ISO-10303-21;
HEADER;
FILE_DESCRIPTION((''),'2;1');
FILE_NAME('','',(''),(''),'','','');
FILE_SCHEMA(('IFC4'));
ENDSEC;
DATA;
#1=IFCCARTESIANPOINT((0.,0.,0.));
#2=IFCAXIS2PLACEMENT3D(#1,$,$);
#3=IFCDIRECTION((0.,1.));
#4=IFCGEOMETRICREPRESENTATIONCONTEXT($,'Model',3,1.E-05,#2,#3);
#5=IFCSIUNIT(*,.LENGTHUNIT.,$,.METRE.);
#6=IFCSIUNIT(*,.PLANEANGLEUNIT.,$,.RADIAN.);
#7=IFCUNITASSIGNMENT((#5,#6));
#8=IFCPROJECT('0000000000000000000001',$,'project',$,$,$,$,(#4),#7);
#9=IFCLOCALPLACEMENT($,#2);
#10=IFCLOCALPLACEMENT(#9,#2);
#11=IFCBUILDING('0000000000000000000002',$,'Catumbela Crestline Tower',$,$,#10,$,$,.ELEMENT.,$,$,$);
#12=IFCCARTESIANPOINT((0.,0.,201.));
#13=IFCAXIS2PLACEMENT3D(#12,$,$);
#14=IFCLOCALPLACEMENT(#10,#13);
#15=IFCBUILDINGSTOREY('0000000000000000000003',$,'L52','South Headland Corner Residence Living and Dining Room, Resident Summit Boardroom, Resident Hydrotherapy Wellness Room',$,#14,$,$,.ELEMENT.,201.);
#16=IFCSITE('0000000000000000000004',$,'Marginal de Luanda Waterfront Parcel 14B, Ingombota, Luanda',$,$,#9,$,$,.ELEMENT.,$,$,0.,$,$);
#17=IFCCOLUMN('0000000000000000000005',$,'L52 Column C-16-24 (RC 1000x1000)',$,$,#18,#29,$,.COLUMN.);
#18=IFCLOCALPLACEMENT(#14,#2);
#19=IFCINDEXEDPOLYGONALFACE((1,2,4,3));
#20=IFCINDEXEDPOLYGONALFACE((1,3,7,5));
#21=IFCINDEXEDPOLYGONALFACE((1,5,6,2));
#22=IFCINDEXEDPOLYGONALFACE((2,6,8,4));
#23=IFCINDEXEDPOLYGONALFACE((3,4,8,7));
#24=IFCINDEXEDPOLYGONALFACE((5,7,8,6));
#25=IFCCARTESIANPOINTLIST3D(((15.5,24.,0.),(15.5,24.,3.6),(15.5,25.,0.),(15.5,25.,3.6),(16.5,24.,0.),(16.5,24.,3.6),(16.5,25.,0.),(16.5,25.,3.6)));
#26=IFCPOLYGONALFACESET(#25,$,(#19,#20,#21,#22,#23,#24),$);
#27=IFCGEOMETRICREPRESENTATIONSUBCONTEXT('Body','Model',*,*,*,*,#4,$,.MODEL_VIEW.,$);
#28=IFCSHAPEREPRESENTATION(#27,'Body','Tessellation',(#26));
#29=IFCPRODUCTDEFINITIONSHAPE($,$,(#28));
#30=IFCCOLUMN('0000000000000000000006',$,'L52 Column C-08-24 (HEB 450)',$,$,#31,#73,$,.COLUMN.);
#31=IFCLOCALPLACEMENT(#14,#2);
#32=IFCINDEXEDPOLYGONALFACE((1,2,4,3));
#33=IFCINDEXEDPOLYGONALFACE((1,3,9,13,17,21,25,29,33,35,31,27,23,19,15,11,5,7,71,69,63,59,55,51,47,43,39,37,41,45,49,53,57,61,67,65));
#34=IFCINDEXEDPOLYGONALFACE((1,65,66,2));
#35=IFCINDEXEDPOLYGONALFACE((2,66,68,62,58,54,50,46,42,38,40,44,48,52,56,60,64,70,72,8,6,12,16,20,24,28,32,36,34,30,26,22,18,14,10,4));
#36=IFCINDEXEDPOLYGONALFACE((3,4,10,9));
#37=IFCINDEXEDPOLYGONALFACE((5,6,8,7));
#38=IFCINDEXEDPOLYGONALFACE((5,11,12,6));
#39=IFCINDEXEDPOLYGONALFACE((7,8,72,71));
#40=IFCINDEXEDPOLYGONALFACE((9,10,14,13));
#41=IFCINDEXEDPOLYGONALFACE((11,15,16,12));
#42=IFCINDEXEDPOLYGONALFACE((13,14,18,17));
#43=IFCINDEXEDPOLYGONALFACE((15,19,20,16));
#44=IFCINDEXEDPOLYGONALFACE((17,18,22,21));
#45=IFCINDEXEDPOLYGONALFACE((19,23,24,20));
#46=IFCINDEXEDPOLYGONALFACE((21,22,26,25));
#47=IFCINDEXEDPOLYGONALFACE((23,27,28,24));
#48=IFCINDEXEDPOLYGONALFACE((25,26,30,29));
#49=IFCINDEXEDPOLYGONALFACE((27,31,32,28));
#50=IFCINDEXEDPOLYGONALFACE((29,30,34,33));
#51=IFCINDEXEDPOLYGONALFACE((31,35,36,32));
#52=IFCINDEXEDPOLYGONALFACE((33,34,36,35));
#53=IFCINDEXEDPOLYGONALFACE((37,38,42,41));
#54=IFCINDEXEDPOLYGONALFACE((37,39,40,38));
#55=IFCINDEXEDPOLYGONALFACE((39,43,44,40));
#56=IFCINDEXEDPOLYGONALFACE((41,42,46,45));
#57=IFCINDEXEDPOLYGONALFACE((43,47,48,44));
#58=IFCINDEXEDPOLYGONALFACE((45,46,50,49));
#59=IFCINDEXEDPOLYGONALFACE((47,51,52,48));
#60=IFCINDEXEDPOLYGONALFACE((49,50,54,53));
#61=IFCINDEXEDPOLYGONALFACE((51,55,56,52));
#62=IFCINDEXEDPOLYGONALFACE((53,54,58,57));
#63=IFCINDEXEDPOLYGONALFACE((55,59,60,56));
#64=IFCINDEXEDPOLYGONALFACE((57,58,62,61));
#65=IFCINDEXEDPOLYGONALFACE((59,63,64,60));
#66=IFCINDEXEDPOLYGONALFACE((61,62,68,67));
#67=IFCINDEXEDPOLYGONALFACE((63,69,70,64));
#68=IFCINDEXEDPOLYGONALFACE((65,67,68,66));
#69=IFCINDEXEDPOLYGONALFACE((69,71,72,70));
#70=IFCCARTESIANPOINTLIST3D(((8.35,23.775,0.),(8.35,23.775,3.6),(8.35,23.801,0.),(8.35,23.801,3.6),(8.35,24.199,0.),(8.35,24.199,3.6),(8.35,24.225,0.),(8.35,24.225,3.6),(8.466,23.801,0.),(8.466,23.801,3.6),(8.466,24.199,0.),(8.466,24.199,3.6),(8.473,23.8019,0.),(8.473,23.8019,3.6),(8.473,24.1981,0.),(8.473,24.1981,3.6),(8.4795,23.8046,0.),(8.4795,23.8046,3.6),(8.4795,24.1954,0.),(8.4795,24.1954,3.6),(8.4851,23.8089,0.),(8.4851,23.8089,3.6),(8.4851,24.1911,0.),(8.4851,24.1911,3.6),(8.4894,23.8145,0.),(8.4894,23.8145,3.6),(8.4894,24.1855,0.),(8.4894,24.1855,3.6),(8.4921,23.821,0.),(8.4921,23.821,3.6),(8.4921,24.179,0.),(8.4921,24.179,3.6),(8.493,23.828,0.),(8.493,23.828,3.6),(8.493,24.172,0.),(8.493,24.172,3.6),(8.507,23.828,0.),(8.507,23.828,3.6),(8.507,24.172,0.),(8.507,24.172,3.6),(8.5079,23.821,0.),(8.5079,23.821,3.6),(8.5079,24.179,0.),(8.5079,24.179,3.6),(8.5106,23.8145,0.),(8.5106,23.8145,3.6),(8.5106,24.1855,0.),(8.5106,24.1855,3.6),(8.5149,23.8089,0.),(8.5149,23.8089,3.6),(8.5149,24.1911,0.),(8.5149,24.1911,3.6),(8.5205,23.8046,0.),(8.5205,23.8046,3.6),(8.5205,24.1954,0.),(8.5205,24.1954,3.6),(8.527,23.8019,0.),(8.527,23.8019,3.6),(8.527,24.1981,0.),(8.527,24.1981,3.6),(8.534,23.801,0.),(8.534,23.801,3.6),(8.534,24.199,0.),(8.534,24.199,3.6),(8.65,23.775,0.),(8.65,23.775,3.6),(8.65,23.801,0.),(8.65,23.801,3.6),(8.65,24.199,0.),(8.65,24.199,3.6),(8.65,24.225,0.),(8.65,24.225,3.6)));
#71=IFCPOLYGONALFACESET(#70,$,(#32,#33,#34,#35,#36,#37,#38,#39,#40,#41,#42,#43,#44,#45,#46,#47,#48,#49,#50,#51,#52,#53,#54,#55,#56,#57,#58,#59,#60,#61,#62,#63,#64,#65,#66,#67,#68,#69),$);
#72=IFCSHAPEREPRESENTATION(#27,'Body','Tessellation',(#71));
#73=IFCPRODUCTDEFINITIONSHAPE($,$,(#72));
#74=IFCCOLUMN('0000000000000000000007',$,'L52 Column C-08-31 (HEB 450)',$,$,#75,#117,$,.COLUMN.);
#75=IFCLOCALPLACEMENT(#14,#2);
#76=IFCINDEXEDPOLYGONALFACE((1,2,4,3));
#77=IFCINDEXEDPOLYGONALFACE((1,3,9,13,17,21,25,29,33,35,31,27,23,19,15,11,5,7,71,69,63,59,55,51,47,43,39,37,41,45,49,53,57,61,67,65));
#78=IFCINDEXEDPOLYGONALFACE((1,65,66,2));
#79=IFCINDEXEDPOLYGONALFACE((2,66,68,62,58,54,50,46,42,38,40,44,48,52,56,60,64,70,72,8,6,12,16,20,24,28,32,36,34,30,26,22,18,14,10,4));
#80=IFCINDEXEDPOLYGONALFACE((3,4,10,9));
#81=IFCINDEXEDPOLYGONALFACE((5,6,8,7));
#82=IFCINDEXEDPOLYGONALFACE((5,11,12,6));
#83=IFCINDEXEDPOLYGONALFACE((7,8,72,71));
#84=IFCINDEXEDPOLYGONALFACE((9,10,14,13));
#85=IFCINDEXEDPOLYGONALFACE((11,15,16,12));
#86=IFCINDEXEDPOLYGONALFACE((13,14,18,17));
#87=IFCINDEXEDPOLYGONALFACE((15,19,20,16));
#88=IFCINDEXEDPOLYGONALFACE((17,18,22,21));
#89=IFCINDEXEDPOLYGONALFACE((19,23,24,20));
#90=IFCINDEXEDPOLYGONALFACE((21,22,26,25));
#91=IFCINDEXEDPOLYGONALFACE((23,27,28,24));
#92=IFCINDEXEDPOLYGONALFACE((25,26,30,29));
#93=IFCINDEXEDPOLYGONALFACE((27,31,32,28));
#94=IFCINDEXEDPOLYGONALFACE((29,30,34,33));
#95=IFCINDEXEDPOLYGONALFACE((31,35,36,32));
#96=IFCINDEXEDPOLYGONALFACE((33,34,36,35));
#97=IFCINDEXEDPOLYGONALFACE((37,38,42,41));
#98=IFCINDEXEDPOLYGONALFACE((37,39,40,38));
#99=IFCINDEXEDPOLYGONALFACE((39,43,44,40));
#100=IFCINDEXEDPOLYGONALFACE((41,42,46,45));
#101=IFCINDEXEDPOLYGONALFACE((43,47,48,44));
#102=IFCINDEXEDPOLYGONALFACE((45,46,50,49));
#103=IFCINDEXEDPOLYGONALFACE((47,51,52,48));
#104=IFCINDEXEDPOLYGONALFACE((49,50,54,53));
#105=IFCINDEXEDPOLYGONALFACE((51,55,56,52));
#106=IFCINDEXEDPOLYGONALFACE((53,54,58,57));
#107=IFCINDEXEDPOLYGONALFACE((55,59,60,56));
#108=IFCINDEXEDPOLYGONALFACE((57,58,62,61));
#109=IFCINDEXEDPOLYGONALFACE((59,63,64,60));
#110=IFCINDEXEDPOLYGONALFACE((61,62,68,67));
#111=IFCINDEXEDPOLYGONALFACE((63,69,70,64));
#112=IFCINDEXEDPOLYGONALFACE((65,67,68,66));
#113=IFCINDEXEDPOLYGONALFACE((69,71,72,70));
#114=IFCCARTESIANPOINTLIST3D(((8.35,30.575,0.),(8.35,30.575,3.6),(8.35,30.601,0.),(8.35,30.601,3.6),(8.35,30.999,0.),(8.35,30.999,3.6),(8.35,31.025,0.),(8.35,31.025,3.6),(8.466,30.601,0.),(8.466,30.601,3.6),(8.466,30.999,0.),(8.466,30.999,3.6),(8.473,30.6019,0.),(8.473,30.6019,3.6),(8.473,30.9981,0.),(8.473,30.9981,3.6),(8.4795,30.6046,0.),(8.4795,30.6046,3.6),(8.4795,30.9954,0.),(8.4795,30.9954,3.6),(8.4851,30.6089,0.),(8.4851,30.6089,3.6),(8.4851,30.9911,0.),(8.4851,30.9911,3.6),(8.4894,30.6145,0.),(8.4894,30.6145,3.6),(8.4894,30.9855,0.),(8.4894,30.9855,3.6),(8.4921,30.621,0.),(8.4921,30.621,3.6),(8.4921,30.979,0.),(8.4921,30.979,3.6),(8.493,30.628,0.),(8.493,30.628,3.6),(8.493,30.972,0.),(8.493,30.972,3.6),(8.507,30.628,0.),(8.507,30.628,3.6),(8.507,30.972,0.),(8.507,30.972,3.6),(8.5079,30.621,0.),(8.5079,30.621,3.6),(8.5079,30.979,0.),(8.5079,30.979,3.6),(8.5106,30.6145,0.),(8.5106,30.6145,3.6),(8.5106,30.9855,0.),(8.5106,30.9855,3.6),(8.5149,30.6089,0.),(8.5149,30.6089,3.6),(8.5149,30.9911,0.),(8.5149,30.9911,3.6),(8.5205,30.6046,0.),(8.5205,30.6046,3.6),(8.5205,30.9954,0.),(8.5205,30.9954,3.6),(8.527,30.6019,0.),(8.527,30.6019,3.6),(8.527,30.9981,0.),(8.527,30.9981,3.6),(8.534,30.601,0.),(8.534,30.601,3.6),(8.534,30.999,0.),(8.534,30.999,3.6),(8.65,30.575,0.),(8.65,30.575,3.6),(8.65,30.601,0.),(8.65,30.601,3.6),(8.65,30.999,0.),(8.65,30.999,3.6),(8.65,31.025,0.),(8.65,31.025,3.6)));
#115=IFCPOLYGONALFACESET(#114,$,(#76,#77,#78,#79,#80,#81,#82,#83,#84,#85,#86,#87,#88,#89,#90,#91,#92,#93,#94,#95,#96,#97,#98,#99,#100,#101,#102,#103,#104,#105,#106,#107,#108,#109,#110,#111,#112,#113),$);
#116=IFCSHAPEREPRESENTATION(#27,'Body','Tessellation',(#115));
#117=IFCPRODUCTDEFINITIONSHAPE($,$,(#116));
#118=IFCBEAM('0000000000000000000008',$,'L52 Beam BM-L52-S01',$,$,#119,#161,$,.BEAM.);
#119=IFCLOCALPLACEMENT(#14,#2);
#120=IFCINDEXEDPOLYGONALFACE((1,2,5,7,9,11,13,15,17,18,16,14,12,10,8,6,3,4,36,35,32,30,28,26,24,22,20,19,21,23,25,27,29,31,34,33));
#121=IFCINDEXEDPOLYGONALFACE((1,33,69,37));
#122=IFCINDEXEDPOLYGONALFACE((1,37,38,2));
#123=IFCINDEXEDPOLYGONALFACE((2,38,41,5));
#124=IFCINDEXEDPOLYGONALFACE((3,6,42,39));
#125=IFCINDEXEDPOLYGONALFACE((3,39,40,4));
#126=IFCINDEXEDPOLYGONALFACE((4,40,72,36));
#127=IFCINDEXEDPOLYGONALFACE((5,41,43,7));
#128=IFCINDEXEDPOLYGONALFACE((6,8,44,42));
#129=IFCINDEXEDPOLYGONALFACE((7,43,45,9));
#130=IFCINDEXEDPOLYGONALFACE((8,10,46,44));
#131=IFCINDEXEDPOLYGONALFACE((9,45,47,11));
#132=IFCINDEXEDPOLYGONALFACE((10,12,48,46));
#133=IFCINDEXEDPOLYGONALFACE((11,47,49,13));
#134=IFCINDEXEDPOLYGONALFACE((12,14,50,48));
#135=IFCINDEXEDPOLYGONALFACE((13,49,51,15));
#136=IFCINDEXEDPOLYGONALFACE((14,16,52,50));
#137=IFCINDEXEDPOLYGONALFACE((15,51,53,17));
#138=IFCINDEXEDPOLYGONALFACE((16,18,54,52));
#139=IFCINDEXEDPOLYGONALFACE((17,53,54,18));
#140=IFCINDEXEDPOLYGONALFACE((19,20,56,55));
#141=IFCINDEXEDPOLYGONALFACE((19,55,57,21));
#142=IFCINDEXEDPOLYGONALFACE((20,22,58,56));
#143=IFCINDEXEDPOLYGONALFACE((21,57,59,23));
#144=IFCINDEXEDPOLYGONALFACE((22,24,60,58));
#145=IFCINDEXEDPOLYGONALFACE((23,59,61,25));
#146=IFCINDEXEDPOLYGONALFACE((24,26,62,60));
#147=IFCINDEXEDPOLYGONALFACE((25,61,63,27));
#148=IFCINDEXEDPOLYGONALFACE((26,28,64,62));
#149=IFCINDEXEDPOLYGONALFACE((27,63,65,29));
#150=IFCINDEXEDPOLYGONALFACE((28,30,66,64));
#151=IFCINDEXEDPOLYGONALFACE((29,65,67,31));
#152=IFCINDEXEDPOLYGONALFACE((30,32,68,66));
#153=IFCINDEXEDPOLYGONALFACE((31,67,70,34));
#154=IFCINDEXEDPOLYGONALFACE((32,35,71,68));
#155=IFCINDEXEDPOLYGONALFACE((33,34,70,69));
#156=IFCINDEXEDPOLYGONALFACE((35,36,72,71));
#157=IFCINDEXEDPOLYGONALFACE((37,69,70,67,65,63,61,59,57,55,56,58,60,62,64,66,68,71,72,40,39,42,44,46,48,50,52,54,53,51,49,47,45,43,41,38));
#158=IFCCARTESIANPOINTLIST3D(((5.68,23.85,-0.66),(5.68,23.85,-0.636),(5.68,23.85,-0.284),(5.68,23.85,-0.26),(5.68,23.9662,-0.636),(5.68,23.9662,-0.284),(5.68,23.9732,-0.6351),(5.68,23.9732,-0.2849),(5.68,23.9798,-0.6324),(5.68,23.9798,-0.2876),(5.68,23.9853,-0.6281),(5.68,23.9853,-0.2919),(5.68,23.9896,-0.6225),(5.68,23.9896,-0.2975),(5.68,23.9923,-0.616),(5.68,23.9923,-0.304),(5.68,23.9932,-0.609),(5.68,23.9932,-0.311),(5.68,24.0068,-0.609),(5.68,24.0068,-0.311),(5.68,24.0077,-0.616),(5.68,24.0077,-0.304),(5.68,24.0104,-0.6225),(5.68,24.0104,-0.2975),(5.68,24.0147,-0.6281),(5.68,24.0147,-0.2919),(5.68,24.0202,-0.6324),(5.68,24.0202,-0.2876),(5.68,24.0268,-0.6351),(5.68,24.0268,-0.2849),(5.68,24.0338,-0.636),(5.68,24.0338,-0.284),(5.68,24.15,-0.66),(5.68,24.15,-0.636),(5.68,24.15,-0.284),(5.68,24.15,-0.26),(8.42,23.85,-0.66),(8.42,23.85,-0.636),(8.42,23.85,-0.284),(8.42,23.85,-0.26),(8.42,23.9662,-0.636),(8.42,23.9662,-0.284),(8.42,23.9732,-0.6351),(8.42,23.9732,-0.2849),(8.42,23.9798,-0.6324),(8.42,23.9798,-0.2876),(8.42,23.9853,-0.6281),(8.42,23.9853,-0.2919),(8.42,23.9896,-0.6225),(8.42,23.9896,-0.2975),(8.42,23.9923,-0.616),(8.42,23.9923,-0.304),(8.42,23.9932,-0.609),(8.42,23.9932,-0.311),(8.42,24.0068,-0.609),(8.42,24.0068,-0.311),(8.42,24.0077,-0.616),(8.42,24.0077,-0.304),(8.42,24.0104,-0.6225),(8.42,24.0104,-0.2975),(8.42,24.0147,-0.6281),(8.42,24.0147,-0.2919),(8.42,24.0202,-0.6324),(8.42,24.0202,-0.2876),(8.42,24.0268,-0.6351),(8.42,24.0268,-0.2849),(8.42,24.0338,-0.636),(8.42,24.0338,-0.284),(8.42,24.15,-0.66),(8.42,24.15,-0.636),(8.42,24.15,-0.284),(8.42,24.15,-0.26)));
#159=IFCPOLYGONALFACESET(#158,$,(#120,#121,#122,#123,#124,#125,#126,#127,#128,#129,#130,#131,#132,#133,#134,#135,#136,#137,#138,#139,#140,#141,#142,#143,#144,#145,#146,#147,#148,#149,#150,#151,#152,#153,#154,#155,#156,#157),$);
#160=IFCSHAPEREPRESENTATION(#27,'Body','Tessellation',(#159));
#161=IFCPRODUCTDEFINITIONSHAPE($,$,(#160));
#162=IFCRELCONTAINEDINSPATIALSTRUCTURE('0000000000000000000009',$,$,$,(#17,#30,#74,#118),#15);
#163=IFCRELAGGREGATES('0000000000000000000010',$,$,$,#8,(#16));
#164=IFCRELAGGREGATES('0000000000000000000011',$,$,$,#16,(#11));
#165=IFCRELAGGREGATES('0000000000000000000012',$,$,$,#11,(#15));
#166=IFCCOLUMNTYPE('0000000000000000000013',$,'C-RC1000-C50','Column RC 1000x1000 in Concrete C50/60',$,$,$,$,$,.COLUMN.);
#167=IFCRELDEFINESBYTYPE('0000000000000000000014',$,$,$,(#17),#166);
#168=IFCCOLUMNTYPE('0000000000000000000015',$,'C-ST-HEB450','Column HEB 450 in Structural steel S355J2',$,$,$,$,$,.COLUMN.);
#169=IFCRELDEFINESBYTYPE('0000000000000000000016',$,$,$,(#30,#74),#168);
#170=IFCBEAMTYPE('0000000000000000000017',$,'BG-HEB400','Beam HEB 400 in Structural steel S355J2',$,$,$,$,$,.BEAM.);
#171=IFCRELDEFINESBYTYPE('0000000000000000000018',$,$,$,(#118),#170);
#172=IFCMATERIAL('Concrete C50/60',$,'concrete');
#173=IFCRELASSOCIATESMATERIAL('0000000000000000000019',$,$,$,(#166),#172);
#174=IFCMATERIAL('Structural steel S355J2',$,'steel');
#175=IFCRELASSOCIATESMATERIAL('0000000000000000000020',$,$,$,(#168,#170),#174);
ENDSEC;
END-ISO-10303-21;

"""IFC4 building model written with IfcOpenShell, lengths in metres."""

from ifc_helpers import new_model, si_unit, direction, frame, origin, origin_2d, place, context, subcontext, project, spatial, rectangle, i_section, extrude, material, material_profile, profile_set, type_object, element, save


model = new_model("IFC4")

# Units and contexts
model_context = context("Model", 3, precision=1e-05, world=origin(), true_north=direction((0.0, 1.0)))
body_context = subcontext(model_context, "Body", "Model", "MODEL_VIEW")
ifc_project = project(units=[si_unit("LENGTHUNIT", "METRE"), si_unit("PLANEANGLEUNIT", "RADIAN")], contexts=[model_context])

# Site, building, storey
site_placement = place(None, origin())
site = spatial("IfcSite", under=ifc_project, at=site_placement, Name="Marginal de Luanda Waterfront Parcel 14B, Ingombota, Luanda", CompositionType="ELEMENT", RefElevation=0.0)
building_placement = place(site_placement, origin())
building = spatial("IfcBuilding", under=site, at=building_placement, Name="Catumbela Crestline Tower", CompositionType="ELEMENT")
storey_placement = place(building_placement, frame((0.0, 0.0, 201.0)))
storey = spatial("IfcBuildingStorey", under=building, at=storey_placement, Name="L52", Description="South Headland Corner Residence Living and Dining Room, Resident Summit Boardroom, Resident Hydrotherapy Wellness Room", CompositionType="ELEMENT", Elevation=201.0)

# Columns
ifc_material_1 = material(Name="Concrete C50/60", Category="concrete")
ifc_material_profile_1 = material_profile(ifc_material_1, rectangle(XDim=1.0, YDim=1.0, at=origin_2d()), Name="RC 1000x1000")
ifc_profile_set_1 = profile_set([ifc_material_profile_1], Name="Concrete C50/60")
column_type_1 = type_object("IfcColumnType", Name="C-RC1000-C50", Description="Column RC 1000x1000 in Concrete C50/60", PredefinedType="COLUMN", material=ifc_profile_set_1)
column_placement = place(storey_placement, frame((16.0, 24.5, 0.0), z_axis=(0.0, 0.0, 1.0), x_axis=(1.0, 0.0, 0.0)))
element("IfcColumn", 1, at=column_placement, inside=storey, type_object=column_type_1, Name="L52 Column C-16-24 (RC 1000x1000)", PredefinedType="COLUMN", context=body_context, shape_type="SweptSolid", body=[
    extrude(rectangle(XDim=1.0, YDim=1.0, at=origin_2d()), origin(), (0.0, 0.0, 1.0), 3.6),
])
ifc_material_2 = material(Name="Structural steel S355J2", Category="steel")
ifc_material_profile_2 = material_profile(ifc_material_2, i_section(OverallWidth=0.3, OverallDepth=0.45, WebThickness=0.014, FlangeThickness=0.026, FilletRadius=0.027, at=origin_2d()), Name="HEB 450")
ifc_profile_set_2 = profile_set([ifc_material_profile_2], Name="Structural steel S355J2")
column_type_2 = type_object("IfcColumnType", Name="C-ST-HEB450", Description="Column HEB 450 in Structural steel S355J2", PredefinedType="COLUMN", material=ifc_profile_set_2)
for number, where, z_axis, x_axis, name in (
    (2, (8.5, 24.0, 0.0), (0.0, 0.0, 1.0), (1.0, 0.0, 0.0), "L52 Column C-08-24 (HEB 450)"),
    (3, (8.5, 30.8, 0.0), (0.0, 0.0, 1.0), (1.0, 0.0, 0.0), "L52 Column C-08-31 (HEB 450)"),
):
    element("IfcColumn", number, at=place(storey_placement, frame(where, z_axis=z_axis, x_axis=x_axis)), inside=storey, type_object=column_type_2, Name=name, PredefinedType="COLUMN", context=body_context, shape_type="SweptSolid", body=[
        extrude(i_section(OverallWidth=0.3, OverallDepth=0.45, WebThickness=0.014, FlangeThickness=0.026, FilletRadius=0.027, at=origin_2d()), origin(), (0.0, 0.0, 1.0), 3.6),
    ])

# Beam
ifc_material_profile_3 = material_profile(ifc_material_2, i_section(OverallWidth=0.3, OverallDepth=0.4, WebThickness=0.0135, FlangeThickness=0.024, FilletRadius=0.027, at=origin_2d()), Name="HEB 400")
ifc_profile_set_3 = profile_set([ifc_material_profile_3], Name="Structural steel S355J2")
beam_type_1 = type_object("IfcBeamType", Name="BG-HEB400", Description="Beam HEB 400 in Structural steel S355J2", PredefinedType="BEAM", material=ifc_profile_set_3)
beam_1_placement = place(storey_placement, frame((5.68, 24.0, -0.46), z_axis=(1.0, 0.0, 0.0), x_axis=(0.0, 1.0, 0.0)))
element("IfcBeam", 4, at=beam_1_placement, inside=storey, type_object=beam_type_1, Name="L52 Beam BM-L52-S01", PredefinedType="BEAM", context=body_context, shape_type="SweptSolid", body=[
    extrude(i_section(OverallWidth=0.3, OverallDepth=0.4, WebThickness=0.0135, FlangeThickness=0.024, FilletRadius=0.027, at=origin_2d()), origin(), (0.0, 0.0, 1.0), 2.74),
])

save(model, "model.ifc")
